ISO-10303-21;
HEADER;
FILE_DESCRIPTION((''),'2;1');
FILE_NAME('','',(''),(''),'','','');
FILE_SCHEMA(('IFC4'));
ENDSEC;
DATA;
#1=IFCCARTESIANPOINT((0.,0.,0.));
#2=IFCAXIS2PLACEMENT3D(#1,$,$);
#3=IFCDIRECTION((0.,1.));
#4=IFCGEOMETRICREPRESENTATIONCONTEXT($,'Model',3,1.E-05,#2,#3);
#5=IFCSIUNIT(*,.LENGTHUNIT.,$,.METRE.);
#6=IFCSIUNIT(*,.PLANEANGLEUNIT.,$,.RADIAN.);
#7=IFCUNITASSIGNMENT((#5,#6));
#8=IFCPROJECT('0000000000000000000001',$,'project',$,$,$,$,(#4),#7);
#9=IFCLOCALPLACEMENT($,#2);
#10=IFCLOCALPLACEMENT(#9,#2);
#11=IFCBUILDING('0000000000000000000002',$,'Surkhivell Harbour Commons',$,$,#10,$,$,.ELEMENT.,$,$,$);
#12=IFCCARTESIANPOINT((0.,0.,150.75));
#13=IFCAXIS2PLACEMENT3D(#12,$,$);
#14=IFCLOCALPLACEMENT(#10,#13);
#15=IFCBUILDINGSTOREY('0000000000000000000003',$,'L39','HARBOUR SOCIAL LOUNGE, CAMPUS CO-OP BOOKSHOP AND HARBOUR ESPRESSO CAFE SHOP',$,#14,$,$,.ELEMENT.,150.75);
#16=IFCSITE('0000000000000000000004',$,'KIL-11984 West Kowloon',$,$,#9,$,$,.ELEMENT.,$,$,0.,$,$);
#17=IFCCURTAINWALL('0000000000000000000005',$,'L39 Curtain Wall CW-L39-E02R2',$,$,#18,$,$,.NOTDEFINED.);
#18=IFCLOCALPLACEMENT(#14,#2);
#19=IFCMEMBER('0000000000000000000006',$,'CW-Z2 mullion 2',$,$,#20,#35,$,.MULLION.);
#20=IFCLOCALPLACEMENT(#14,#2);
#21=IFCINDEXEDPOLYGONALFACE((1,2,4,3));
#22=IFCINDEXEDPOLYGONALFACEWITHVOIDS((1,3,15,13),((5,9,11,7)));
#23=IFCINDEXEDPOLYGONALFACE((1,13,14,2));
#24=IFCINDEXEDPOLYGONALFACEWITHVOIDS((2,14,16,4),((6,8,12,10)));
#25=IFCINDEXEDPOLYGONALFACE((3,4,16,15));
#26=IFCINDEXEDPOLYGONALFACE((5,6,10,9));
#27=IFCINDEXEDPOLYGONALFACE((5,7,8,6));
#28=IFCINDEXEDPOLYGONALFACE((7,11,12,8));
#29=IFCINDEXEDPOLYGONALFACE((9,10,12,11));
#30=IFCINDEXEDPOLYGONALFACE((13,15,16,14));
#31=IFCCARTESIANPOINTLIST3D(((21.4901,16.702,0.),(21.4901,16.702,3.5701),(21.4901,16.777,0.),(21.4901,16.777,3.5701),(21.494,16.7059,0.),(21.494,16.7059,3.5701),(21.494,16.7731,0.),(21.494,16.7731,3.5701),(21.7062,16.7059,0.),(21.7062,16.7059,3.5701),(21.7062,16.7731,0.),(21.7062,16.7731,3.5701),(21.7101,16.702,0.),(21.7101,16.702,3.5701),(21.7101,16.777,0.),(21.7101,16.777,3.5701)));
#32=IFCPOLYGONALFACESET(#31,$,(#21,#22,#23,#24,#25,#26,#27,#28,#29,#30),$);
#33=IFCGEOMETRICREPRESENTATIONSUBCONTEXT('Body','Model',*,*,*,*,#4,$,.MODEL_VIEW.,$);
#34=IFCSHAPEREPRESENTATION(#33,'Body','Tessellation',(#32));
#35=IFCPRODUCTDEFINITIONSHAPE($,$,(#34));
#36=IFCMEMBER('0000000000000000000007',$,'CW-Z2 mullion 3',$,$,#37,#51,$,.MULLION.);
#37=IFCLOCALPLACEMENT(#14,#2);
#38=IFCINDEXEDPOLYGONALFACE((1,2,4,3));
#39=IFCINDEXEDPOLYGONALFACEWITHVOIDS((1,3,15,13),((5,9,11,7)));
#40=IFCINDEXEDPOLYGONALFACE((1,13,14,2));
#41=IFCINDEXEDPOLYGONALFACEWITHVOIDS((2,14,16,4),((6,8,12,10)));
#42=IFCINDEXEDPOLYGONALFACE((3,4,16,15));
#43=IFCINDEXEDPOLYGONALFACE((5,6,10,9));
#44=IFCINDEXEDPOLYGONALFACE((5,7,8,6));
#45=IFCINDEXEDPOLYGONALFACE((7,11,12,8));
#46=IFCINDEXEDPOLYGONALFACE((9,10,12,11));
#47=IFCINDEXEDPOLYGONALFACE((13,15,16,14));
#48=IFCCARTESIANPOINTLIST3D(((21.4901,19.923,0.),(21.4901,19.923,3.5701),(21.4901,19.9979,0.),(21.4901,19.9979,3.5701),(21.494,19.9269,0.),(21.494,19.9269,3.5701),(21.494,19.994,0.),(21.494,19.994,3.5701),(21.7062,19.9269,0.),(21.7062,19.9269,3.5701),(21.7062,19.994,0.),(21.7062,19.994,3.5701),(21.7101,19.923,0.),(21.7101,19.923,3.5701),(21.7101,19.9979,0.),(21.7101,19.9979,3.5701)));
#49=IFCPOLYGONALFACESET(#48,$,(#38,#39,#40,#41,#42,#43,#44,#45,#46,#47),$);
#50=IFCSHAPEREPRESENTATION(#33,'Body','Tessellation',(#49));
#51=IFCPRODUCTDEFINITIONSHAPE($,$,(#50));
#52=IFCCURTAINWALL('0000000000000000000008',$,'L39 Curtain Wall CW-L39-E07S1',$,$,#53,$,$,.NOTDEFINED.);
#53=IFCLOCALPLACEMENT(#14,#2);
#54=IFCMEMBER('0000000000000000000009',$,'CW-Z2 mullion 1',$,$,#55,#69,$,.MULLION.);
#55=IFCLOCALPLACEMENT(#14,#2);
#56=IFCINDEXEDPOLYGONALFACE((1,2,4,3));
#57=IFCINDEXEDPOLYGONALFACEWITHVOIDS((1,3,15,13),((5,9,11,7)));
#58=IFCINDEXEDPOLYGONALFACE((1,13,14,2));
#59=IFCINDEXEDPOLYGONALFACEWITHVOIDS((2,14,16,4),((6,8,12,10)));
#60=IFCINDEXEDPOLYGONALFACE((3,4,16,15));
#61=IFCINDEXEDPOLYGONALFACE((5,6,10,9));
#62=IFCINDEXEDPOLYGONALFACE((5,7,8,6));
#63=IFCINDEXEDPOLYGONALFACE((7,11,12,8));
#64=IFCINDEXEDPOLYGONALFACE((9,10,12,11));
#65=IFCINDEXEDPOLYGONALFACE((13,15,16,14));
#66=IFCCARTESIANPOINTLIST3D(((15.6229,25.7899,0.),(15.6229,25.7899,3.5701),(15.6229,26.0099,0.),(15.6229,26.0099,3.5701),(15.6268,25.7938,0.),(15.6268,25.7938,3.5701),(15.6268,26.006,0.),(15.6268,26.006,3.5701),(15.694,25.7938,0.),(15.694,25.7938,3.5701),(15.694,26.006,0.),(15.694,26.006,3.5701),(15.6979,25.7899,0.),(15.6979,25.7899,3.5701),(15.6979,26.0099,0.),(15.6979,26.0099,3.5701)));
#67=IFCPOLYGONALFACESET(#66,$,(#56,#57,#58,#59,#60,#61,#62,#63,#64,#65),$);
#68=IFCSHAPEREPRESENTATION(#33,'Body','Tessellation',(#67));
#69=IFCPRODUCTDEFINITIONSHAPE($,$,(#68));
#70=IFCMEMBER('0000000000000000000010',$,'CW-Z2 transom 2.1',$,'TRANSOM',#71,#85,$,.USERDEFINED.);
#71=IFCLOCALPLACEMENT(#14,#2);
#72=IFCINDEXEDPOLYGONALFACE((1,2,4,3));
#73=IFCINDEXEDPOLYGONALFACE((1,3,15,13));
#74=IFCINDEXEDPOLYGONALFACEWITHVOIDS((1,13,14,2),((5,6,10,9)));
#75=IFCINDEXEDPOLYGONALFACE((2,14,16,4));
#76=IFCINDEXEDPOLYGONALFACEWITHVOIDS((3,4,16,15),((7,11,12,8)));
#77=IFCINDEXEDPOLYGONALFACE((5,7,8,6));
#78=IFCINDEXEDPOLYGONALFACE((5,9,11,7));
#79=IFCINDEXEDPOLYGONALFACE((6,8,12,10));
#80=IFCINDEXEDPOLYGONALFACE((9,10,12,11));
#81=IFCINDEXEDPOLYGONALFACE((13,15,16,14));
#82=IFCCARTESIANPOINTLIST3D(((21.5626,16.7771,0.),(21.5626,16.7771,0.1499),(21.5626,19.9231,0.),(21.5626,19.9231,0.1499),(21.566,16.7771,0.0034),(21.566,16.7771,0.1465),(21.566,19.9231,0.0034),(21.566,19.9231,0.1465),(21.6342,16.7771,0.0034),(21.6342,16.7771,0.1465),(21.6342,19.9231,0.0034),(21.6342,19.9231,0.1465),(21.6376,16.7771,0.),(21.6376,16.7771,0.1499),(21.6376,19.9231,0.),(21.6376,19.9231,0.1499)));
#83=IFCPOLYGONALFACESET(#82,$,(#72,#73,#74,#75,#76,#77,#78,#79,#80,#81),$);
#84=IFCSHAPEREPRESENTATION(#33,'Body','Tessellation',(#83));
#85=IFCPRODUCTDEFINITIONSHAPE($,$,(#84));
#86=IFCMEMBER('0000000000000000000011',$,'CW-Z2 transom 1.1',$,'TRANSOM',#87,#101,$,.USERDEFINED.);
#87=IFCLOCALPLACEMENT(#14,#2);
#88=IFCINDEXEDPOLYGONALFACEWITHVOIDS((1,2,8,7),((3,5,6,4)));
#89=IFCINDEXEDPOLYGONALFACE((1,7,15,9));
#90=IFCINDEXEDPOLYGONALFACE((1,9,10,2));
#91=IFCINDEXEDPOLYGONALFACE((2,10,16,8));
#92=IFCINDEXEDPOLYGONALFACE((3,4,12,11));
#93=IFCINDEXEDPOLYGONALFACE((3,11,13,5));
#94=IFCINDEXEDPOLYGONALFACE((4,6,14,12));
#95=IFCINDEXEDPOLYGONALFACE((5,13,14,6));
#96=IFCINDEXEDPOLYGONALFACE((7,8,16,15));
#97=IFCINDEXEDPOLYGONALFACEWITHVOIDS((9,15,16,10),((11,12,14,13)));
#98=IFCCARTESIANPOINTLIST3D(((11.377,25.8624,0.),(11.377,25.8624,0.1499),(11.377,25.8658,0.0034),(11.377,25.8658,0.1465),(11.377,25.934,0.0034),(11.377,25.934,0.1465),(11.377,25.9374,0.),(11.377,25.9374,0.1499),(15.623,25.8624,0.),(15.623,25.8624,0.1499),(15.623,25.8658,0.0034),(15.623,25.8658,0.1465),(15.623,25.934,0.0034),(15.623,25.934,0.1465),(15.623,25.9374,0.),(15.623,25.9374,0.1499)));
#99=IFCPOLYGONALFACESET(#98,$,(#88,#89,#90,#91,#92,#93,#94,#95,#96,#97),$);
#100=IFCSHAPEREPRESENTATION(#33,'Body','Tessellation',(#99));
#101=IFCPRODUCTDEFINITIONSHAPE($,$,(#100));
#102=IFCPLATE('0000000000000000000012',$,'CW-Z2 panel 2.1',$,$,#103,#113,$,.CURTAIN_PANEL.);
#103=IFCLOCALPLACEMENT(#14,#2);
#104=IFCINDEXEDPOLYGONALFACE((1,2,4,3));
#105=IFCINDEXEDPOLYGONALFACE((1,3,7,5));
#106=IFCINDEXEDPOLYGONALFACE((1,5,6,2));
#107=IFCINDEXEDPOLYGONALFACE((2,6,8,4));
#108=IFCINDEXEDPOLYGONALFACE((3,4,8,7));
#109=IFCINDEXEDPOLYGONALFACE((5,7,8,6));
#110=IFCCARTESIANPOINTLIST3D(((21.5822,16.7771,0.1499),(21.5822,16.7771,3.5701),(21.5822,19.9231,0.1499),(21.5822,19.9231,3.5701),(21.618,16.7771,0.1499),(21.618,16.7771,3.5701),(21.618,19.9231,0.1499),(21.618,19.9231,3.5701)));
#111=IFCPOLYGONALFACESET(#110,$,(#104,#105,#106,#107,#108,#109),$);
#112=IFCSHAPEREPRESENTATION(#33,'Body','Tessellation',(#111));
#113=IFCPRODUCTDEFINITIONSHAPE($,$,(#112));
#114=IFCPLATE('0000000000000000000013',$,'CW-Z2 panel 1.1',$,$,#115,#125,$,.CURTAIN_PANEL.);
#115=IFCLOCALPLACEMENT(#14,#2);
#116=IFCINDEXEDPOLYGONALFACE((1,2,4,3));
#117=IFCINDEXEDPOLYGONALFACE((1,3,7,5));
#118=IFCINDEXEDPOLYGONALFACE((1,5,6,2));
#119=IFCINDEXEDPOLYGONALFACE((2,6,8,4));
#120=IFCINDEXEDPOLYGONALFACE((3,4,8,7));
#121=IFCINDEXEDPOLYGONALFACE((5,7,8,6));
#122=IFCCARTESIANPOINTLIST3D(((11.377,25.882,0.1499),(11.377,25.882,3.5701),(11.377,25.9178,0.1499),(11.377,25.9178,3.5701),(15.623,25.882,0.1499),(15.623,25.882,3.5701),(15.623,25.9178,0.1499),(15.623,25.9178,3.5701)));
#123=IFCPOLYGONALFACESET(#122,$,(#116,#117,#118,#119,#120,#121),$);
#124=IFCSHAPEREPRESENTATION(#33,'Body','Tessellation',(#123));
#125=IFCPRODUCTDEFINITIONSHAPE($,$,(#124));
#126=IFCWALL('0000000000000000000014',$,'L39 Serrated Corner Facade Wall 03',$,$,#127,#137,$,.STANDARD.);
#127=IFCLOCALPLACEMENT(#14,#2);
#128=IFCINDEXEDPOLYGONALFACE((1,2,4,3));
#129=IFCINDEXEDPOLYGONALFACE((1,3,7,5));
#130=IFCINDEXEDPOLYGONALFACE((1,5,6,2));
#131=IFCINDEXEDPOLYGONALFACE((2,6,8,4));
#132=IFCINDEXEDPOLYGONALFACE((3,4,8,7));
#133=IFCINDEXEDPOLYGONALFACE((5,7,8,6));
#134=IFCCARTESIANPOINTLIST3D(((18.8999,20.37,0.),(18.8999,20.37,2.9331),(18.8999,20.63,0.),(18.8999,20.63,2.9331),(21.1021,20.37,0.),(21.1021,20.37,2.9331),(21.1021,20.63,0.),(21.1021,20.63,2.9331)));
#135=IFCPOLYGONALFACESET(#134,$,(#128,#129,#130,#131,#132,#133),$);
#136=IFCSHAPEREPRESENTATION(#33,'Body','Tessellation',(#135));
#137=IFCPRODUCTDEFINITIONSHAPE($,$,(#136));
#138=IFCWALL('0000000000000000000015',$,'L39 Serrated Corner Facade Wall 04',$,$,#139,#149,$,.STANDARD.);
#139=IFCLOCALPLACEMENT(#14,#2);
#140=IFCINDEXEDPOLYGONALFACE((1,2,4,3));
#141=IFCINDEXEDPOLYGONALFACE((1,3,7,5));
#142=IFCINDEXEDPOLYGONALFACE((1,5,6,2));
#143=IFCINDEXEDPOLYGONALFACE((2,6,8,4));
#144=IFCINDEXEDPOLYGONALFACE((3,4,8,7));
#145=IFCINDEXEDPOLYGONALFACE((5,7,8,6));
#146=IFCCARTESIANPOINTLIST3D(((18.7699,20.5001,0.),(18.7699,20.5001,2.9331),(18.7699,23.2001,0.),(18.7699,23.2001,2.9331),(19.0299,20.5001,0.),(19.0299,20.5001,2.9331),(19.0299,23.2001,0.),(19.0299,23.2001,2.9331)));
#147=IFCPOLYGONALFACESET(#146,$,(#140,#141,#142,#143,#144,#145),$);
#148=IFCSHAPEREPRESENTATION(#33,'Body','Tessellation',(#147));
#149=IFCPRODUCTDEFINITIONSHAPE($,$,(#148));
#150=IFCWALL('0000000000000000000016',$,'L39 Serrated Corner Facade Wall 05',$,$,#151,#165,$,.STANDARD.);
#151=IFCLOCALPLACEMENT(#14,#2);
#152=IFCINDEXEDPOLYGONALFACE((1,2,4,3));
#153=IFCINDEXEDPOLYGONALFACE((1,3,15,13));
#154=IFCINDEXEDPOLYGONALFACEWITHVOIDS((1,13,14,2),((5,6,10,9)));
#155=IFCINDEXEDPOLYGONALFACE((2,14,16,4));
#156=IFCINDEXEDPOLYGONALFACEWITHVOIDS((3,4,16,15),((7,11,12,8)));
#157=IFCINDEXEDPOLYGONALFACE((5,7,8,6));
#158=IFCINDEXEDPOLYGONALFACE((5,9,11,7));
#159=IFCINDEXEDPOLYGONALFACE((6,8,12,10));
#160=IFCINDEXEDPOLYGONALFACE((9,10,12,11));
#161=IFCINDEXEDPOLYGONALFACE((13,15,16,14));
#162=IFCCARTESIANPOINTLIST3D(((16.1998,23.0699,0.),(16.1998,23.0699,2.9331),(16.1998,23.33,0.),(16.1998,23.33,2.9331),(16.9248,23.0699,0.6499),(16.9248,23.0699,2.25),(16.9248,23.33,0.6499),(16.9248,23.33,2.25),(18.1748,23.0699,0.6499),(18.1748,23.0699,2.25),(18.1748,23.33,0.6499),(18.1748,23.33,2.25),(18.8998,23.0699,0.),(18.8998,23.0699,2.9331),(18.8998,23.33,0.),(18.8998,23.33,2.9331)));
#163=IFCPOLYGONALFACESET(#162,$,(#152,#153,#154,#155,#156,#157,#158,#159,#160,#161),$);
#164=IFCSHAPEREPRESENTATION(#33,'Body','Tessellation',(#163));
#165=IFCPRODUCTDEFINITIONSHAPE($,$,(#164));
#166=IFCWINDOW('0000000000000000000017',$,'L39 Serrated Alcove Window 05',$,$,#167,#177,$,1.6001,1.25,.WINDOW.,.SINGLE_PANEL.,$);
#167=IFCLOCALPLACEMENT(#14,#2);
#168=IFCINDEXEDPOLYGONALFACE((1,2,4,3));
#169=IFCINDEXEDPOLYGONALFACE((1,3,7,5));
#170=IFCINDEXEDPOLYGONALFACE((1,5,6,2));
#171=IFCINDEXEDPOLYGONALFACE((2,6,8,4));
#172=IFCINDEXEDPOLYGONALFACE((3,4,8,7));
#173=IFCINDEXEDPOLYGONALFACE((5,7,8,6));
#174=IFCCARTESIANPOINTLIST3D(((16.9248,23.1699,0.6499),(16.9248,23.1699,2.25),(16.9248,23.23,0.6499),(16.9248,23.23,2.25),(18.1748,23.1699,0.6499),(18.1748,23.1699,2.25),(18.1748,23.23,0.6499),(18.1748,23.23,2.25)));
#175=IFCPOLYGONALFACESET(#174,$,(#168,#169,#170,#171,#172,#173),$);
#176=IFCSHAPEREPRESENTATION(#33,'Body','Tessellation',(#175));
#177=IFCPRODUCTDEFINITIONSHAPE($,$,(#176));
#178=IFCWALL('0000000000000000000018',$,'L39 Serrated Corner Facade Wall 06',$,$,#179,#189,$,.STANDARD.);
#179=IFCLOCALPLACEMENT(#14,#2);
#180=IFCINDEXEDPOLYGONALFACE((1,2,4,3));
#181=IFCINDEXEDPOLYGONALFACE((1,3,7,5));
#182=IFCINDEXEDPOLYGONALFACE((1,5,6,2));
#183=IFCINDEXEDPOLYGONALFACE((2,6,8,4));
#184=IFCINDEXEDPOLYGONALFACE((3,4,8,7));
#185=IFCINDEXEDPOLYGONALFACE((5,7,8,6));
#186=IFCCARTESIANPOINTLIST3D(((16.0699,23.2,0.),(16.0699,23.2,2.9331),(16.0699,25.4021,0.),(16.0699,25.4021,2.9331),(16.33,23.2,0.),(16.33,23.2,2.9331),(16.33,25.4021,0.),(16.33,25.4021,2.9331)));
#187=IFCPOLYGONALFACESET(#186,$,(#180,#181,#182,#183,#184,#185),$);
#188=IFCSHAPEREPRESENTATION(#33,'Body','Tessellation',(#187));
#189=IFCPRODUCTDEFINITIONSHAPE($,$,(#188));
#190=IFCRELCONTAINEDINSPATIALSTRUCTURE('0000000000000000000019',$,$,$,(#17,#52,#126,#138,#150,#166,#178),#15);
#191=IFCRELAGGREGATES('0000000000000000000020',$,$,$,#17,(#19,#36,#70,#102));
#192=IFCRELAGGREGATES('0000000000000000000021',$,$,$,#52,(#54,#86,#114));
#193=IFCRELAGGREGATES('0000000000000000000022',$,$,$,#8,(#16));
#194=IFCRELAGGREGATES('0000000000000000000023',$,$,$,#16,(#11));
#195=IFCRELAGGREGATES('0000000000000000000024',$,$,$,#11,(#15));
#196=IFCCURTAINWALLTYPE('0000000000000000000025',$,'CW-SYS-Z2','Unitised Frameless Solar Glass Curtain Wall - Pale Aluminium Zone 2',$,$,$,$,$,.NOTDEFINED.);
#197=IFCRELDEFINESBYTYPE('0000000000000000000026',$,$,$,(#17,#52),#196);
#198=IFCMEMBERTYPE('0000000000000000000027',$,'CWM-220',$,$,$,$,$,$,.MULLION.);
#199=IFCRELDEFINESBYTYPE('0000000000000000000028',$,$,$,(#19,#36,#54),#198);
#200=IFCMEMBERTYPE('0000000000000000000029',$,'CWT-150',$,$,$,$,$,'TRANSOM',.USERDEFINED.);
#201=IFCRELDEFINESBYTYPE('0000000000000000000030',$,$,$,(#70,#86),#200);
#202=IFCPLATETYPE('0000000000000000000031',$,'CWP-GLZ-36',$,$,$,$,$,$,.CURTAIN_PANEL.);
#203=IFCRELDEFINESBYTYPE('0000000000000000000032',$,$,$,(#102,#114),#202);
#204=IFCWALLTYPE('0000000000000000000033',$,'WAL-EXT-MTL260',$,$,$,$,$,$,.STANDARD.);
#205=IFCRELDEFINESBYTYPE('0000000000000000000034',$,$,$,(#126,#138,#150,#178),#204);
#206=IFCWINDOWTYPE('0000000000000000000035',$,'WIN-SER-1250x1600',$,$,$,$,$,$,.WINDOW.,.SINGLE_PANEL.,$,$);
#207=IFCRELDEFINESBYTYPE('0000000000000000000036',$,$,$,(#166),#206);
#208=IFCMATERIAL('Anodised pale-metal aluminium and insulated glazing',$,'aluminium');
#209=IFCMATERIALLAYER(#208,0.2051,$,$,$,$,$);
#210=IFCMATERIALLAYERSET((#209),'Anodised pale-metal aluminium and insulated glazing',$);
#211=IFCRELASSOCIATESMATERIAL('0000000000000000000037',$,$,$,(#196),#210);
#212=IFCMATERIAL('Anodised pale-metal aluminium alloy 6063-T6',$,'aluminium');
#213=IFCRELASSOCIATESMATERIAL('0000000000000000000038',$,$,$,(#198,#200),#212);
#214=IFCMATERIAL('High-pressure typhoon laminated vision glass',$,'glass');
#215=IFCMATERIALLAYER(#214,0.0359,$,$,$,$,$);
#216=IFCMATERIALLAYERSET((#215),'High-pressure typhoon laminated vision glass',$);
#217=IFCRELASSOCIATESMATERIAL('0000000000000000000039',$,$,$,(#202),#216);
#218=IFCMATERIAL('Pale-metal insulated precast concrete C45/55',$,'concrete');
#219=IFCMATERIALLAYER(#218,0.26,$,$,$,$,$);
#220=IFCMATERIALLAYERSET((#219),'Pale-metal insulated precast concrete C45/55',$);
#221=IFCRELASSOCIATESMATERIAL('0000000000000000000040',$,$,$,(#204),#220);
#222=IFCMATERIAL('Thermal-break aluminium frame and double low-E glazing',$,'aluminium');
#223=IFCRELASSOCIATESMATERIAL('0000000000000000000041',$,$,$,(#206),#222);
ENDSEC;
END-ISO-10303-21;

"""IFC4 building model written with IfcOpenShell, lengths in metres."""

from ifc_helpers import new_model, si_unit, direction, frame, frame_2d, origin, origin_2d, place, context, subcontext, project, spatial, rectangle, hollow_rectangle, extrude, material, layer, layer_set, material_profile, profile_set, type_object, element, fill, aggregate, save


model = new_model("IFC4")

# Units and contexts
model_context = context("Model", 3, precision=1e-05, world=origin(), true_north=direction((0.0, 1.0)))
body_context = subcontext(model_context, "Body", "Model", "MODEL_VIEW")
ifc_project = project(units=[si_unit("LENGTHUNIT", "METRE"), si_unit("PLANEANGLEUNIT", "RADIAN")], contexts=[model_context])

# Site, building, storey
site_placement = place(None, origin())
site = spatial("IfcSite", under=ifc_project, at=site_placement, Name="KIL-11984 West Kowloon", CompositionType="ELEMENT", RefElevation=0.0)
building_placement = place(site_placement, origin())
building = spatial("IfcBuilding", under=site, at=building_placement, Name="Surkhivell Harbour Commons", CompositionType="ELEMENT")
storey_placement = place(building_placement, frame((0.0, 0.0, 150.75)))
storey = spatial("IfcBuildingStorey", under=building, at=storey_placement, Name="L39", Description="HARBOUR SOCIAL LOUNGE, CAMPUS CO-OP BOOKSHOP AND HARBOUR ESPRESSO CAFE SHOP", CompositionType="ELEMENT", Elevation=150.75)

# Curtain wall, members
ifc_material_1 = material(Name="Anodised pale-metal aluminium and insulated glazing", Category="aluminium")
ifc_layer_1 = layer(ifc_material_1, 0.2051)
ifc_layer_set_1 = layer_set([ifc_layer_1], Name="Anodised pale-metal aluminium and insulated glazing")
curtain_wall_type = type_object("IfcCurtainWallType", Name="CW-SYS-Z2", Description="Unitised Frameless Solar Glass Curtain Wall - Pale Aluminium Zone 2", PredefinedType="NOTDEFINED", material=ifc_layer_set_1)
curtain_wall_1_placement = place(storey_placement, origin())
curtain_wall_1 = element("IfcCurtainWall", 1, at=curtain_wall_1_placement, inside=storey, type_object=curtain_wall_type, Name="L39 Curtain Wall CW-L39-E02R2", PredefinedType="NOTDEFINED")
ifc_material_2 = material(Name="Anodised pale-metal aluminium alloy 6063-T6", Category="aluminium")
ifc_material_profile_1 = material_profile(ifc_material_2, hollow_rectangle(XDim=0.075, YDim=0.22, WallThickness=0.0039, at=origin_2d()), Name="ALU-MULL-75x220")
ifc_profile_set_1 = profile_set([ifc_material_profile_1], Name="Anodised pale-metal aluminium alloy 6063-T6")
member_type_1 = type_object("IfcMemberType", Name="CWM-220", PredefinedType="MULLION", material=ifc_profile_set_1)
member_1_placement = place(storey_placement, frame((21.6001, 16.7395, 0.0), z_axis=(0.0, 0.0, 1.0), x_axis=(0.0, 1.0, 0.0)))
member_1 = element("IfcMember", 2, at=member_1_placement, type_object=member_type_1, Name="CW-Z2 mullion 2", PredefinedType="MULLION", context=body_context, shape_type="SweptSolid", body=[
    extrude(hollow_rectangle(XDim=0.075, YDim=0.22, WallThickness=0.0039, at=origin_2d()), origin(), (0.0, 0.0, 1.0), 3.5701),
])
member_2_placement = place(storey_placement, frame((21.6001, 19.9604, 0.0), z_axis=(0.0, 0.0, 1.0), x_axis=(0.0, 1.0, 0.0)))
member_2 = element("IfcMember", 3, at=member_2_placement, type_object=member_type_1, Name="CW-Z2 mullion 3", PredefinedType="MULLION", context=body_context, shape_type="SweptSolid", body=[
    extrude(hollow_rectangle(XDim=0.075, YDim=0.22, WallThickness=0.0039, at=origin_2d()), origin(), (0.0, 0.0, 1.0), 3.5701),
])

# Curtain wall, member
curtain_wall_2_placement = place(storey_placement, origin())
curtain_wall_2 = element("IfcCurtainWall", 4, at=curtain_wall_2_placement, inside=storey, type_object=curtain_wall_type, Name="L39 Curtain Wall CW-L39-E07S1", PredefinedType="NOTDEFINED")
member_3_placement = place(storey_placement, frame((15.6604, 25.8999, 0.0), z_axis=(0.0, 0.0, 1.0), x_axis=(-1.0, 0.0, 0.0)))
member_3 = element("IfcMember", 5, at=member_3_placement, type_object=member_type_1, Name="CW-Z2 mullion 1", PredefinedType="MULLION", context=body_context, shape_type="SweptSolid", body=[
    extrude(hollow_rectangle(XDim=0.075, YDim=0.22, WallThickness=0.0039, at=origin_2d()), origin(), (0.0, 0.0, 1.0), 3.5701),
])

# Members
ifc_material_profile_2 = material_profile(ifc_material_2, hollow_rectangle(XDim=0.075, YDim=0.1499, WallThickness=0.0034, at=origin_2d()), Name="ALU-TRAN-75x150")
ifc_profile_set_2 = profile_set([ifc_material_profile_2], Name="Anodised pale-metal aluminium alloy 6063-T6")
member_type_2 = type_object("IfcMemberType", Name="CWT-150", ElementType="TRANSOM", PredefinedType="USERDEFINED", material=ifc_profile_set_2)
member_4_placement = place(storey_placement, frame((21.6001, 16.7771, 0.075), z_axis=(0.0, 1.0, 0.0), x_axis=(-1.0, 0.0, 0.0)))
member_4 = element("IfcMember", 6, at=member_4_placement, type_object=member_type_2, Name="CW-Z2 transom 2.1", ObjectType="TRANSOM", PredefinedType="USERDEFINED", context=body_context, shape_type="SweptSolid", body=[
    extrude(hollow_rectangle(XDim=0.075, YDim=0.1499, WallThickness=0.0034, at=origin_2d()), origin(), (0.0, 0.0, 1.0), 3.146),
])
member_5_placement = place(storey_placement, frame((15.623, 25.8999, 0.075), z_axis=(-1.0, 0.0, 0.0), x_axis=(0.0, -1.0, 0.0)))
member_5 = element("IfcMember", 7, at=member_5_placement, type_object=member_type_2, Name="CW-Z2 transom 1.1", ObjectType="TRANSOM", PredefinedType="USERDEFINED", context=body_context, shape_type="SweptSolid", body=[
    extrude(hollow_rectangle(XDim=0.075, YDim=0.1499, WallThickness=0.0034, at=origin_2d()), origin(), (0.0, 0.0, 1.0), 4.2461),
])

# Plates
ifc_material_3 = material(Name="High-pressure typhoon laminated vision glass", Category="glass")
ifc_layer_2 = layer(ifc_material_3, 0.0359)
ifc_layer_set_2 = layer_set([ifc_layer_2], Name="High-pressure typhoon laminated vision glass")
plate_type = type_object("IfcPlateType", Name="CWP-GLZ-36", PredefinedType="CURTAIN_PANEL", material=ifc_layer_set_2)
plate_1_placement = place(storey_placement, frame((21.6001, 16.7771, 0.1499), z_axis=(0.0, 0.0, 1.0), x_axis=(0.0, 1.0, 0.0)))
plate_1 = element("IfcPlate", 8, at=plate_1_placement, type_object=plate_type, Name="CW-Z2 panel 2.1", PredefinedType="CURTAIN_PANEL", context=body_context, shape_type="SweptSolid", body=[
    extrude(rectangle(XDim=3.146, YDim=0.0359, at=frame_2d((1.573, 0.0))), origin(), (0.0, 0.0, 1.0), 3.4202),
])
aggregate(curtain_wall_1, [member_1, member_2, member_4, plate_1])
plate_2_placement = place(storey_placement, frame((15.623, 25.8999, 0.1499), z_axis=(0.0, 0.0, 1.0), x_axis=(-1.0, 0.0, 0.0)))
plate_2 = element("IfcPlate", 9, at=plate_2_placement, type_object=plate_type, Name="CW-Z2 panel 1.1", PredefinedType="CURTAIN_PANEL", context=body_context, shape_type="SweptSolid", body=[
    extrude(rectangle(XDim=4.2461, YDim=0.0359, at=frame_2d((2.123, 0.0))), origin(), (0.0, 0.0, 1.0), 3.4202),
])
aggregate(curtain_wall_2, [member_3, member_5, plate_2])

# Walls
ifc_material_4 = material(Name="Pale-metal insulated precast concrete C45/55", Category="concrete")
ifc_layer_3 = layer(ifc_material_4, 0.26)
ifc_layer_set_3 = layer_set([ifc_layer_3], Name="Pale-metal insulated precast concrete C45/55")
wall_type_1 = type_object("IfcWallType", Name="WAL-EXT-MTL260", PredefinedType="STANDARD", material=ifc_layer_set_3)
wall_1_placement = place(storey_placement, frame((21.1021, 20.5, 0.0), z_axis=(0.0, 0.0, 1.0), x_axis=(-1.0, 0.0, 0.0)))
element("IfcWall", 10, at=wall_1_placement, inside=storey, type_object=wall_type_1, Name="L39 Serrated Corner Facade Wall 03", PredefinedType="STANDARD", context=body_context, shape_type="SweptSolid", body=[
    extrude(rectangle(XDim=2.2021, YDim=0.26, at=frame_2d((1.1011, 0.0))), origin(), (0.0, 0.0, 1.0), 2.9331),
])
wall_2_placement = place(storey_placement, frame((18.8999, 20.5, 0.0), z_axis=(0.0, 0.0, 1.0), x_axis=(0.0, 1.0, 0.0)))
element("IfcWall", 11, at=wall_2_placement, inside=storey, type_object=wall_type_1, Name="L39 Serrated Corner Facade Wall 04", PredefinedType="STANDARD", context=body_context, shape_type="SweptSolid", body=[
    extrude(rectangle(XDim=2.7, YDim=0.26, at=frame_2d((1.3501, 0.0))), origin(), (0.0, 0.0, 1.0), 2.9331),
])

# Wall, opening, window
wall_3_placement = place(storey_placement, frame((18.8999, 23.2, 0.0), z_axis=(0.0, 0.0, 1.0), x_axis=(-1.0, 0.0, 0.0)))
wall_3 = element("IfcWall", 12, at=wall_3_placement, inside=storey, type_object=wall_type_1, Name="L39 Serrated Corner Facade Wall 05", PredefinedType="STANDARD", context=body_context, shape_type="SweptSolid", body=[
    extrude(rectangle(XDim=2.7, YDim=0.26, at=frame_2d((1.3501, 0.0))), origin(), (0.0, 0.0, 1.0), 2.9331),
])
opening_placement = place(wall_3_placement, frame((0.7251, 0.0, 0.6499)))
opening = element("IfcOpeningElement", 13, at=opening_placement, cuts=wall_3, PredefinedType="OPENING", context=body_context, shape_type="SweptSolid", body=[
    extrude(rectangle(XDim=1.25, YDim=1.6001, at=frame_2d((0.625, 0.8))), frame((0.0, 0.1399, 0.0), z_axis=(0.0, -1.0, 0.0), x_axis=(1.0, 0.0, 0.0)), (0.0, 0.0, 1.0), 0.28),
])
ifc_material_5 = material(Name="Thermal-break aluminium frame and double low-E glazing", Category="aluminium")
window_type = type_object("IfcWindowType", Name="WIN-SER-1250x1600", PartitioningType="SINGLE_PANEL", PredefinedType="WINDOW", material=ifc_material_5)
window_placement = place(opening_placement, origin())
window = element("IfcWindow", 14, at=window_placement, inside=storey, type_object=window_type, Name="L39 Serrated Alcove Window 05", OverallHeight=1.6001, OverallWidth=1.25, PartitioningType="SINGLE_PANEL", PredefinedType="WINDOW", context=body_context, shape_type="SweptSolid", body=[
    extrude(rectangle(XDim=1.25, YDim=1.6001, at=frame_2d((0.625, 0.8))), frame((0.0, 0.03, 0.0), z_axis=(0.0, -1.0, 0.0), x_axis=(1.0, 0.0, 0.0)), (0.0, 0.0, 1.0), 0.0601),
])
fill(opening, window)

# Wall
wall_4_placement = place(storey_placement, frame((16.2, 23.2, 0.0), z_axis=(0.0, 0.0, 1.0), x_axis=(0.0, 1.0, 0.0)))
element("IfcWall", 15, at=wall_4_placement, inside=storey, type_object=wall_type_1, Name="L39 Serrated Corner Facade Wall 06", PredefinedType="STANDARD", context=body_context, shape_type="SweptSolid", body=[
    extrude(rectangle(XDim=2.2021, YDim=0.26, at=frame_2d((1.1011, 0.0))), origin(), (0.0, 0.0, 1.0), 2.9331),
])

save(model, "model.ifc")
